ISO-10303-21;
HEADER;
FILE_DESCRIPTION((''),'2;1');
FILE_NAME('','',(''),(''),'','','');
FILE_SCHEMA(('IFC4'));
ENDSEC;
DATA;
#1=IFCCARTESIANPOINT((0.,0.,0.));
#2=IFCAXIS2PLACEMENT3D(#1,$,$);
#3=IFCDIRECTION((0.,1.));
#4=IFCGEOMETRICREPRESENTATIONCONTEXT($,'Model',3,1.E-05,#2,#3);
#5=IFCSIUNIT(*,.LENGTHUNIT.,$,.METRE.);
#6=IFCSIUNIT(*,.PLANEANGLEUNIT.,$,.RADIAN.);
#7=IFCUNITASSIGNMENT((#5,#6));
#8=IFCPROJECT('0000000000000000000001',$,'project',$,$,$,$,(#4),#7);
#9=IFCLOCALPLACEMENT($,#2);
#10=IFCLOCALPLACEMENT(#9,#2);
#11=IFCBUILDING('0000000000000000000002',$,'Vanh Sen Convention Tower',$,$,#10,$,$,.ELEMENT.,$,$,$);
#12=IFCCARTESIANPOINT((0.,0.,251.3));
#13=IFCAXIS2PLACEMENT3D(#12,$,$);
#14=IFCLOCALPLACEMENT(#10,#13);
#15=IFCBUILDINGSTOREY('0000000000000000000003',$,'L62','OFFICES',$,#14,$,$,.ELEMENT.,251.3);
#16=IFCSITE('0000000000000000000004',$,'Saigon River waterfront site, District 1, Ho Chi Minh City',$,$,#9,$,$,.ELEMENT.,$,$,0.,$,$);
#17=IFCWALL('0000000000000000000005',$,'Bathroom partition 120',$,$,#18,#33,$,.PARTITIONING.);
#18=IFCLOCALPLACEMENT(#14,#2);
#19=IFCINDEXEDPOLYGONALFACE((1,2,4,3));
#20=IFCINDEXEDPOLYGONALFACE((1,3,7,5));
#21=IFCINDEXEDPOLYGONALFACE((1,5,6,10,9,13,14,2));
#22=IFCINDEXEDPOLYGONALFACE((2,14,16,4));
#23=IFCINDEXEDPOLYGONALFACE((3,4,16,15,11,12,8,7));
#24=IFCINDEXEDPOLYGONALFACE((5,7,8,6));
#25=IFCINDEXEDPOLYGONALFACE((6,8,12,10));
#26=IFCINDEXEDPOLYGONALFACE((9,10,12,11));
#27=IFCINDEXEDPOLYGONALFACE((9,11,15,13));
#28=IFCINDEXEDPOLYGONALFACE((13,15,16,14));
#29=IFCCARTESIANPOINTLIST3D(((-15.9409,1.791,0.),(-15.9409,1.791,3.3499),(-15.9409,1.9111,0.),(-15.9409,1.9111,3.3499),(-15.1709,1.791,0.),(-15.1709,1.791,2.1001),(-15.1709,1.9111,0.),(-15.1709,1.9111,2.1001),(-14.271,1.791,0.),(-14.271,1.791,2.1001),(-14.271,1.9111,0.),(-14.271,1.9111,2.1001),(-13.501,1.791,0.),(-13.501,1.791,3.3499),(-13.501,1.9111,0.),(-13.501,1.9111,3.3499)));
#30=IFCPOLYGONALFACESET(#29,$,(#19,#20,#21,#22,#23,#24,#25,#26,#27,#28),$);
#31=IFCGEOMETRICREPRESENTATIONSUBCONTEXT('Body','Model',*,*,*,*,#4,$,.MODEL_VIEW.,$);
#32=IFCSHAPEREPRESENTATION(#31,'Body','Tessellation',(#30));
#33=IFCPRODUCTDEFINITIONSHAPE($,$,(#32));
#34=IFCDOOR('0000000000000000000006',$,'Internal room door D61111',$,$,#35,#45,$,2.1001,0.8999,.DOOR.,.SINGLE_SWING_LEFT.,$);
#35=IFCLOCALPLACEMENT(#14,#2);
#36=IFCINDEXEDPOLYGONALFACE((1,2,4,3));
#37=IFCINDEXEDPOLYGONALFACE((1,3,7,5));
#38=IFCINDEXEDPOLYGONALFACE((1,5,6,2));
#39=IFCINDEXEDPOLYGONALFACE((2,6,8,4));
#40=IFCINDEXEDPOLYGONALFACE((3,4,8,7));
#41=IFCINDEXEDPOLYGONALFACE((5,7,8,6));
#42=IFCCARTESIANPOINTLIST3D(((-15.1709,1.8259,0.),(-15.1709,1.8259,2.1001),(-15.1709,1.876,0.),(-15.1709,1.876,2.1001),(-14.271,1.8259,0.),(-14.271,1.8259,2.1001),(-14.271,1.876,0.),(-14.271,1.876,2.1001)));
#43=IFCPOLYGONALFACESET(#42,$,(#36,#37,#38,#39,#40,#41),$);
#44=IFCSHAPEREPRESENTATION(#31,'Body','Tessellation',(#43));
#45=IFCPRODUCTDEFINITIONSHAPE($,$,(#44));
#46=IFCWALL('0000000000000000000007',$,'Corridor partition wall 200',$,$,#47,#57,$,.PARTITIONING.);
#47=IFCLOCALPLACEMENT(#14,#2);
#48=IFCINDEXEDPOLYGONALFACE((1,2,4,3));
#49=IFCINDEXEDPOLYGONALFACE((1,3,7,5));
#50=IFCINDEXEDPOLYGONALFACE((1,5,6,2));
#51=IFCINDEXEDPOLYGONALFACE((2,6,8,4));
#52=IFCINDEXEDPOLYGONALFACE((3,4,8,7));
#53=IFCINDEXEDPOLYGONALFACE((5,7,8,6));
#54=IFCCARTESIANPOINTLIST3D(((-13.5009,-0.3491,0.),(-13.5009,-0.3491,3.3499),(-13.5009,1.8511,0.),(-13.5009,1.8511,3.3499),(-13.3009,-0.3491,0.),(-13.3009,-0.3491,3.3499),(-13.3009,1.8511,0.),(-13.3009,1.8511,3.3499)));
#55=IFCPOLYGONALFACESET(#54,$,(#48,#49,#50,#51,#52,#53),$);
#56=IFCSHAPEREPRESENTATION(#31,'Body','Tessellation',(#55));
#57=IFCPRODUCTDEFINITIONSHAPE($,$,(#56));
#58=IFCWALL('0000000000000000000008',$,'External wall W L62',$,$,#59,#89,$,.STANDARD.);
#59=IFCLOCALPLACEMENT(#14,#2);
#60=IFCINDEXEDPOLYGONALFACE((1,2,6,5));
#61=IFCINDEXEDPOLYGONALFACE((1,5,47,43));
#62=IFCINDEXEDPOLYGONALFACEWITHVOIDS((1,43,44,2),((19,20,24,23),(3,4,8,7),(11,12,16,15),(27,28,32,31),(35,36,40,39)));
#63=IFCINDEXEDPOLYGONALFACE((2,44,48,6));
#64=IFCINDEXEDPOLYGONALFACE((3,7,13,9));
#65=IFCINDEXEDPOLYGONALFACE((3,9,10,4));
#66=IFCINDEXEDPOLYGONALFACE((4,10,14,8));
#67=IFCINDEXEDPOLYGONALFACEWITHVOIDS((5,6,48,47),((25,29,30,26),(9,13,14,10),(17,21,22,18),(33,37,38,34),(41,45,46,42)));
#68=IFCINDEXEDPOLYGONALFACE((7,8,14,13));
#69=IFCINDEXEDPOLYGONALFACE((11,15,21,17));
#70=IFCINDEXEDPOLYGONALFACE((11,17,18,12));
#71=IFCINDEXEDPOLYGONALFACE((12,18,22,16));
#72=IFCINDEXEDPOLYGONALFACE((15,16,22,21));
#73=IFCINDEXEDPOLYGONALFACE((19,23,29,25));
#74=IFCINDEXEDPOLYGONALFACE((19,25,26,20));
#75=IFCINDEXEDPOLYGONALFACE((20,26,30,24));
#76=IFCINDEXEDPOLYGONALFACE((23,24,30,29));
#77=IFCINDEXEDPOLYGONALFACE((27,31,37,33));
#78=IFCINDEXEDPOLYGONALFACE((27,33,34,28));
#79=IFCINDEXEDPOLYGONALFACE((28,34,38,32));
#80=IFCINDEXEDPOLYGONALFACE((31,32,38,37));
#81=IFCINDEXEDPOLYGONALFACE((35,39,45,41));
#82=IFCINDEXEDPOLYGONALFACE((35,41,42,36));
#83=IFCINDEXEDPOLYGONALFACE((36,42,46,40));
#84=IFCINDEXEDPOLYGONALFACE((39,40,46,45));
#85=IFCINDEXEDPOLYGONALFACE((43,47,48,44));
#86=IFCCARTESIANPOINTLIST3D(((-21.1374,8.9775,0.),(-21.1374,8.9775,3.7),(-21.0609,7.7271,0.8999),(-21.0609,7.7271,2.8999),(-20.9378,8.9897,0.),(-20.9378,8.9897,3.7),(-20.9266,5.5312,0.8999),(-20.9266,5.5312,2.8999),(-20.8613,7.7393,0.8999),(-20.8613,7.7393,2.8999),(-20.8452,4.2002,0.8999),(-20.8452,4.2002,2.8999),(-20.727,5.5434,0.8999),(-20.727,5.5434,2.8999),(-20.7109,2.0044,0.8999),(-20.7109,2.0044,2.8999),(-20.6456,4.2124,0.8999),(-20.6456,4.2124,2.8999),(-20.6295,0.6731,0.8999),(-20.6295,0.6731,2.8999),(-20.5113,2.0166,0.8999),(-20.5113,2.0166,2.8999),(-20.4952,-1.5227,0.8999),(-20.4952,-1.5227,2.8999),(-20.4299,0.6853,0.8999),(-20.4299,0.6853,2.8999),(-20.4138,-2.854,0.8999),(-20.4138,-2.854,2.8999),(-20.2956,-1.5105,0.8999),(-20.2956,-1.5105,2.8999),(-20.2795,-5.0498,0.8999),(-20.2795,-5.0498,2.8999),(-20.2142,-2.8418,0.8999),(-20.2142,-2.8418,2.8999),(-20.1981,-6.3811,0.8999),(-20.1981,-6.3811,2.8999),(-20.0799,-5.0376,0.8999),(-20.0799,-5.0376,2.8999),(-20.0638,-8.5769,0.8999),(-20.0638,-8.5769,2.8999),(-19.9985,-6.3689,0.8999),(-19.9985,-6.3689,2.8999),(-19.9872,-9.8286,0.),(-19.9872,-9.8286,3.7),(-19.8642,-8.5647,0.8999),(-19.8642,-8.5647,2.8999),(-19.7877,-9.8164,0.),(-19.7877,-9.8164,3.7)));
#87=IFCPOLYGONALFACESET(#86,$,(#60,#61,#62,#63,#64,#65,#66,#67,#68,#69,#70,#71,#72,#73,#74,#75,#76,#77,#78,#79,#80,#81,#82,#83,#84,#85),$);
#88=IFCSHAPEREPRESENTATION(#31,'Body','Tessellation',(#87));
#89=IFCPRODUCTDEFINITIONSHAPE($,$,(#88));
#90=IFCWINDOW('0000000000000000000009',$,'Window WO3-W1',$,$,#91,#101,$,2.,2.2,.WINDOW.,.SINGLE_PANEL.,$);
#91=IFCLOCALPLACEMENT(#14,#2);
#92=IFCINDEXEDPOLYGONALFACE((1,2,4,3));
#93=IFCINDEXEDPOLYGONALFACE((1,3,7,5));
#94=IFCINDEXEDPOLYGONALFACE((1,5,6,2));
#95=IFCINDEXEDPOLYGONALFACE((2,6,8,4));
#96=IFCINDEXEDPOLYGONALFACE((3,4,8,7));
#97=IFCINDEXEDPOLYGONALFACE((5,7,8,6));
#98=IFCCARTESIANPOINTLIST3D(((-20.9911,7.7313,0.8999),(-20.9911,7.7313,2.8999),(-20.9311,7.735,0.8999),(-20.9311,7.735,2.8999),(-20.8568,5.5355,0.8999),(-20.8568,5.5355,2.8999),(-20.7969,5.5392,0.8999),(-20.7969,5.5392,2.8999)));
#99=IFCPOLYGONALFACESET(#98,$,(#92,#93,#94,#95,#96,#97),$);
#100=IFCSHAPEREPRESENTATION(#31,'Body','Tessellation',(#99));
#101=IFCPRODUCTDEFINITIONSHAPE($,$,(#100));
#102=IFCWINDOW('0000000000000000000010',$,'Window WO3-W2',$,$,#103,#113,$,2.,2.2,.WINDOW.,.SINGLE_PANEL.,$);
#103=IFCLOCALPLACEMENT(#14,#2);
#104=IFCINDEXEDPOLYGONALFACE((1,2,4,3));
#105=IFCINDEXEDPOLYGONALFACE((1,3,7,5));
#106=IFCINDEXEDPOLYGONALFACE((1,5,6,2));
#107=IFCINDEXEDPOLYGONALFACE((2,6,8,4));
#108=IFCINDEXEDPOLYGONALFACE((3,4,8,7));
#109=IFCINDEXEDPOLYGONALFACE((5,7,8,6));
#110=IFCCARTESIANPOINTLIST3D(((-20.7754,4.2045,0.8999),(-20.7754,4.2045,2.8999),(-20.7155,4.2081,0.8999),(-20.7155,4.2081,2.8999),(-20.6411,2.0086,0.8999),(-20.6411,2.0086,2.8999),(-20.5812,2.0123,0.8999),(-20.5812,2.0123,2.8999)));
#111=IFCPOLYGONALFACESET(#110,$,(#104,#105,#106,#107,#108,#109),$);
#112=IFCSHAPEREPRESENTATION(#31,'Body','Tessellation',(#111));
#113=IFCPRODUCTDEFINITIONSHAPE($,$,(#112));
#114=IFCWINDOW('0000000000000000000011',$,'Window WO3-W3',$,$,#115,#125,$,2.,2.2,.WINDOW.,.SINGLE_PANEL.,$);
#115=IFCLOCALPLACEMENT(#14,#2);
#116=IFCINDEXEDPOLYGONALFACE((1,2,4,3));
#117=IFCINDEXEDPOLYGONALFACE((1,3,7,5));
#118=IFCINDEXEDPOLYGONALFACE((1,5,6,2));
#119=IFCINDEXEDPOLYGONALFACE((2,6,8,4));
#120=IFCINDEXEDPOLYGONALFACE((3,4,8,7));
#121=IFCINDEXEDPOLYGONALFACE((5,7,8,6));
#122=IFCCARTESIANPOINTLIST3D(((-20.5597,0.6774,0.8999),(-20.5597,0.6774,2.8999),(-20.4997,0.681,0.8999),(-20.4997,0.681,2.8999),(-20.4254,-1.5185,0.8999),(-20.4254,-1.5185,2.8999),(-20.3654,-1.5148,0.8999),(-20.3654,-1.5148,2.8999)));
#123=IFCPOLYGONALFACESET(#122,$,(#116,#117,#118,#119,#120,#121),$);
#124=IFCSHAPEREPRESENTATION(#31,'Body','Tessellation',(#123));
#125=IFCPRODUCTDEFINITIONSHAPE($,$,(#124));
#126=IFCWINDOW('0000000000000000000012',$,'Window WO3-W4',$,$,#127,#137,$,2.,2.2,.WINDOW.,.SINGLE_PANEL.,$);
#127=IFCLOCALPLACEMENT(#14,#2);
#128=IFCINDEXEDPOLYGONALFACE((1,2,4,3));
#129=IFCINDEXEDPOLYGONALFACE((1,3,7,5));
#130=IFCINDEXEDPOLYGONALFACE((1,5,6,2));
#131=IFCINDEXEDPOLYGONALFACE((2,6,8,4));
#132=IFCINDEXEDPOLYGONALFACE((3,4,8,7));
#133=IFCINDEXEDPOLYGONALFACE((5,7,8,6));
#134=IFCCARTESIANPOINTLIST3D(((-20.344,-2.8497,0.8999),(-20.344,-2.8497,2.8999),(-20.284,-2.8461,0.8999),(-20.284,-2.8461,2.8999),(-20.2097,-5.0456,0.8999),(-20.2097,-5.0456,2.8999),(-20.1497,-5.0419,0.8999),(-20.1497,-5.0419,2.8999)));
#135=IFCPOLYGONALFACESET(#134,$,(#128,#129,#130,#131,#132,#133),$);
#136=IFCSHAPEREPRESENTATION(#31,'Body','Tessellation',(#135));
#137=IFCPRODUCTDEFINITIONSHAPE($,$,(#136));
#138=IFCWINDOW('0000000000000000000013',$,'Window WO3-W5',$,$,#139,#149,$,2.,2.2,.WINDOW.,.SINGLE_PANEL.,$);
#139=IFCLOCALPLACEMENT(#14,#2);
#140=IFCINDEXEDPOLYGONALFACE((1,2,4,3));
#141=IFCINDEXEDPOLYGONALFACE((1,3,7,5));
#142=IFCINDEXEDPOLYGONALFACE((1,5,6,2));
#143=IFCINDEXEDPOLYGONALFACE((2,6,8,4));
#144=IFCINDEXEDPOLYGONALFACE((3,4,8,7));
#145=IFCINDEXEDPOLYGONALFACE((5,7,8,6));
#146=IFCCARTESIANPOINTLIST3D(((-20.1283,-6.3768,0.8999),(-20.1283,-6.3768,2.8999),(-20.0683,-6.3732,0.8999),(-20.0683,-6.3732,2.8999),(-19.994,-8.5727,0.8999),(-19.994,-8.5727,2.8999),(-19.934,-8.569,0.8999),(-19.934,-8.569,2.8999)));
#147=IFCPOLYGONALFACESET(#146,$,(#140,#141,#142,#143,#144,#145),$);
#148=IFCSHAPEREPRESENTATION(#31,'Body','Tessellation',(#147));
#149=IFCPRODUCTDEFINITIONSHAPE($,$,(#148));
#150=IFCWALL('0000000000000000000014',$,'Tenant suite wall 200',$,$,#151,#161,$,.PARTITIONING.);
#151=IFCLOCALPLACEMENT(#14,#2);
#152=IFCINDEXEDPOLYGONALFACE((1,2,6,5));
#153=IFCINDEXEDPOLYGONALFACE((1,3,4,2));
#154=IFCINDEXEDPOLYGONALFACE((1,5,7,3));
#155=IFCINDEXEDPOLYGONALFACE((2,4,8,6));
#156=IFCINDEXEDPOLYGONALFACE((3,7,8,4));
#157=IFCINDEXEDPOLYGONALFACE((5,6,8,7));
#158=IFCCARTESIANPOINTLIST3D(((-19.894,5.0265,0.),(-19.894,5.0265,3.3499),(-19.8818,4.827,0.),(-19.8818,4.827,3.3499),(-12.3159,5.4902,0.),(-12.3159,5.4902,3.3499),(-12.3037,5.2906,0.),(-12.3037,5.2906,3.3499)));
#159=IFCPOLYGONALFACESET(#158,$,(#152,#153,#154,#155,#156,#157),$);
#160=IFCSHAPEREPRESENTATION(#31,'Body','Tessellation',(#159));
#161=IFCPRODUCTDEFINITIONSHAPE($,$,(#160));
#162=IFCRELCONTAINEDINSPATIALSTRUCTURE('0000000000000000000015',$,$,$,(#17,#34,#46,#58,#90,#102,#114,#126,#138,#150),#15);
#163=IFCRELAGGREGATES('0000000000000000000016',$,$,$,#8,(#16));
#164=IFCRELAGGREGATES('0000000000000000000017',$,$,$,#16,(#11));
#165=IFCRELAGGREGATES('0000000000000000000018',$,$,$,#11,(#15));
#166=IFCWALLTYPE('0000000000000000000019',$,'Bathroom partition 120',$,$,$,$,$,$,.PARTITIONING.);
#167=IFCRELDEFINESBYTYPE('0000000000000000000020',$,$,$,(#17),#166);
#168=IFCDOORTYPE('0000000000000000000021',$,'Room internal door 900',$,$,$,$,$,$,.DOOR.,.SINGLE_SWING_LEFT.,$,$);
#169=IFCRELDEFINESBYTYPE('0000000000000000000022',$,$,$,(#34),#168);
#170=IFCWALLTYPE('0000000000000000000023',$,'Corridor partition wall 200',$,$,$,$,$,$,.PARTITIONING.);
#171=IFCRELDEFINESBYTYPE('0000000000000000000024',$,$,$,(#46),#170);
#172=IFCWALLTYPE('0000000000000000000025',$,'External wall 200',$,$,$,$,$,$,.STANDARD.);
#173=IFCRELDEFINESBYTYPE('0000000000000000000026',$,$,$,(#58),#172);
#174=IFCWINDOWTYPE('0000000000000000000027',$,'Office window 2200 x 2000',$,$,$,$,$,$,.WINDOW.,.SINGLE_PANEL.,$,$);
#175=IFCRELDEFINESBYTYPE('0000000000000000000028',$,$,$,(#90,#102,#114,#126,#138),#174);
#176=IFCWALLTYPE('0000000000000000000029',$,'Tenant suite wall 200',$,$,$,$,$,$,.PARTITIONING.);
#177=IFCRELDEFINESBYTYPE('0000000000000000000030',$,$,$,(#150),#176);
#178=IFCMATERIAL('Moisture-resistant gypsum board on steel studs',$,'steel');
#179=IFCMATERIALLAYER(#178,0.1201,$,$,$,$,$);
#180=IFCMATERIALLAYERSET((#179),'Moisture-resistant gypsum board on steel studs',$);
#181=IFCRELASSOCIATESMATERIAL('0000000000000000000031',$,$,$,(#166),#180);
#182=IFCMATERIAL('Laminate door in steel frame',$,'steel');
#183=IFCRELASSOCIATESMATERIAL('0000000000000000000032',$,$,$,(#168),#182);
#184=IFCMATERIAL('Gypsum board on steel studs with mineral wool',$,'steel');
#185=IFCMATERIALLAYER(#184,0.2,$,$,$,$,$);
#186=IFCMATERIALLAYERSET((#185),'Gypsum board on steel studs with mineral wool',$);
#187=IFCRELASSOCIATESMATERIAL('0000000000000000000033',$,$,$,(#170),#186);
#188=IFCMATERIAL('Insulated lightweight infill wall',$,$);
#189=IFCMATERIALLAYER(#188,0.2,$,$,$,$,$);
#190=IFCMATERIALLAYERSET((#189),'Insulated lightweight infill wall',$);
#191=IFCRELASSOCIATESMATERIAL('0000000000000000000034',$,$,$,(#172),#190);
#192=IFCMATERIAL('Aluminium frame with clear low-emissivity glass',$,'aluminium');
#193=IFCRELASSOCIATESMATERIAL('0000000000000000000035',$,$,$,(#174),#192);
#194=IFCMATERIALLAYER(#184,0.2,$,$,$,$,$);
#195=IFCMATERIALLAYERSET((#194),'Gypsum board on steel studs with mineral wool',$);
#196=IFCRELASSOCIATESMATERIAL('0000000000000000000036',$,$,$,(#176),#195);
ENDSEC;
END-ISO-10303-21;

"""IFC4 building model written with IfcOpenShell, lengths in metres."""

from ifc_helpers import new_model, si_unit, direction, frame, frame_2d, origin, place, context, subcontext, project, spatial, rectangle, extrude, material, layer, layer_set, type_object, element, fill, save


model = new_model("IFC4")

# Units and contexts
model_context = context("Model", 3, precision=1e-05, world=origin(), true_north=direction((0.0, 1.0)))
body_context = subcontext(model_context, "Body", "Model", "MODEL_VIEW")
ifc_project = project(units=[si_unit("LENGTHUNIT", "METRE"), si_unit("PLANEANGLEUNIT", "RADIAN")], contexts=[model_context])

# Site, building, storey
site_placement = place(None, origin())
site = spatial("IfcSite", under=ifc_project, at=site_placement, Name="Saigon River waterfront site, District 1, Ho Chi Minh City", CompositionType="ELEMENT", RefElevation=0.0)
building_placement = place(site_placement, origin())
building = spatial("IfcBuilding", under=site, at=building_placement, Name="Vanh Sen Convention Tower", CompositionType="ELEMENT")
storey_placement = place(building_placement, frame((0.0, 0.0, 251.3)))
storey = spatial("IfcBuildingStorey", under=building, at=storey_placement, Name="L62", Description="OFFICES", CompositionType="ELEMENT", Elevation=251.3)

# Wall, opening, door
ifc_material_1 = material(Name="Moisture-resistant gypsum board on steel studs", Category="steel")
ifc_layer_1 = layer(ifc_material_1, 0.1201)
ifc_layer_set_1 = layer_set([ifc_layer_1], Name="Moisture-resistant gypsum board on steel studs")
wall_type_1 = type_object("IfcWallType", Name="Bathroom partition 120", PredefinedType="PARTITIONING", material=ifc_layer_set_1)
wall_1_placement = place(storey_placement, frame((-15.9409, 1.8511, 0.0), z_axis=(0.0, 0.0, 1.0), x_axis=(1.0, 0.0, 0.0)))
wall_1 = element("IfcWall", 1, at=wall_1_placement, inside=storey, type_object=wall_type_1, Name="Bathroom partition 120", PredefinedType="PARTITIONING", context=body_context, shape_type="SweptSolid", body=[
    extrude(rectangle(XDim=2.4399, YDim=0.1201, at=frame_2d((1.22, 0.0))), origin(), (0.0, 0.0, 1.0), 3.3499),
])
opening_1_placement = place(wall_1_placement, frame((0.77, 0.0, 0.0)))
opening_1 = element("IfcOpeningElement", 2, at=opening_1_placement, cuts=wall_1, PredefinedType="OPENING", context=body_context, shape_type="SweptSolid", body=[
    extrude(rectangle(XDim=0.8999, YDim=2.1001, at=frame_2d((0.45, 1.05))), frame((0.0, 0.0701, 0.0), z_axis=(0.0, -1.0, 0.0), x_axis=(1.0, 0.0, 0.0)), (0.0, 0.0, 1.0), 0.1401),
])
ifc_material_2 = material(Name="Laminate door in steel frame", Category="steel")
door_type = type_object("IfcDoorType", Name="Room internal door 900", OperationType="SINGLE_SWING_LEFT", PredefinedType="DOOR", material=ifc_material_2)
door_placement = place(opening_1_placement, origin())
door = element("IfcDoor", 3, at=door_placement, inside=storey, type_object=door_type, Name="Internal room door D61111", OperationType="SINGLE_SWING_LEFT", OverallHeight=2.1001, OverallWidth=0.8999, PredefinedType="DOOR", context=body_context, shape_type="SweptSolid", body=[
    extrude(rectangle(XDim=0.8999, YDim=2.1001, at=frame_2d((0.45, 1.05))), frame((0.0, 0.0249, 0.0), z_axis=(0.0, -1.0, 0.0), x_axis=(1.0, 0.0, 0.0)), (0.0, 0.0, 1.0), 0.05),
])
fill(opening_1, door)

# Wall
ifc_material_3 = material(Name="Gypsum board on steel studs with mineral wool", Category="steel")
ifc_layer_2 = layer(ifc_material_3, 0.2)
ifc_layer_set_2 = layer_set([ifc_layer_2], Name="Gypsum board on steel studs with mineral wool")
wall_type_2 = type_object("IfcWallType", Name="Corridor partition wall 200", PredefinedType="PARTITIONING", material=ifc_layer_set_2)
wall_2_placement = place(storey_placement, frame((-13.4009, 1.8511, 0.0), z_axis=(0.0, 0.0, 1.0), x_axis=(0.0, -1.0, 0.0)))
element("IfcWall", 4, at=wall_2_placement, inside=storey, type_object=wall_type_2, Name="Corridor partition wall 200", PredefinedType="PARTITIONING", context=body_context, shape_type="SweptSolid", body=[
    extrude(rectangle(XDim=2.2002, YDim=0.2, at=frame_2d((1.1001, 0.0))), origin(), (0.0, 0.0, 1.0), 3.3499),
])

# Wall, openings, windows
ifc_material_4 = material(Name="Insulated lightweight infill wall")
ifc_layer_3 = layer(ifc_material_4, 0.2)
ifc_layer_set_3 = layer_set([ifc_layer_3], Name="Insulated lightweight infill wall")
wall_type_3 = type_object("IfcWallType", Name="External wall 200", PredefinedType="STANDARD", material=ifc_layer_set_3)
wall_3_placement = place(storey_placement, frame((-21.0376, 8.9836, 0.0), z_axis=(0.0, 0.0, 1.0), x_axis=(0.061044, -0.998135, 0.0)))
wall_3 = element("IfcWall", 5, at=wall_3_placement, inside=storey, type_object=wall_type_3, Name="External wall W L62", PredefinedType="STANDARD", context=body_context, shape_type="SweptSolid", body=[
    extrude(rectangle(XDim=18.8413, YDim=0.2, at=frame_2d((9.4207, 0.0))), origin(), (0.0, 0.0, 1.0), 3.7),
])
opening_2_placement = place(wall_3_placement, frame((1.2527, 0.0, 0.8999)))
opening_2 = element("IfcOpeningElement", 6, at=opening_2_placement, cuts=wall_3, PredefinedType="OPENING", context=body_context, shape_type="SweptSolid", body=[
    extrude(rectangle(XDim=2.2, YDim=2.0, at=frame_2d((1.1001, 1.0))), frame((0.0, 0.1099, 0.0), z_axis=(0.0, -1.0, 0.0), x_axis=(1.0, 0.0, 0.0)), (0.0, 0.0, 1.0), 0.22),
])
opening_3_placement = place(wall_3_placement, frame((4.7861, 0.0, 0.8999)))
opening_3 = element("IfcOpeningElement", 7, at=opening_3_placement, cuts=wall_3, PredefinedType="OPENING", context=body_context, shape_type="SweptSolid", body=[
    extrude(rectangle(XDim=2.2, YDim=2.0, at=frame_2d((1.1001, 1.0))), frame((0.0, 0.1099, 0.0), z_axis=(0.0, -1.0, 0.0), x_axis=(1.0, 0.0, 0.0)), (0.0, 0.0, 1.0), 0.22),
])
opening_4_placement = place(wall_3_placement, frame((8.3198, 0.0, 0.8999)))
opening_4 = element("IfcOpeningElement", 8, at=opening_4_placement, cuts=wall_3, PredefinedType="OPENING", context=body_context, shape_type="SweptSolid", body=[
    extrude(rectangle(XDim=2.2, YDim=2.0, at=frame_2d((1.1001, 1.0))), frame((0.0, 0.1099, 0.0), z_axis=(0.0, -1.0, 0.0), x_axis=(1.0, 0.0, 0.0)), (0.0, 0.0, 1.0), 0.22),
])
opening_5_placement = place(wall_3_placement, frame((11.8535, 0.0, 0.8999)))
opening_5 = element("IfcOpeningElement", 9, at=opening_5_placement, cuts=wall_3, PredefinedType="OPENING", context=body_context, shape_type="SweptSolid", body=[
    extrude(rectangle(XDim=2.2, YDim=2.0, at=frame_2d((1.1001, 1.0))), frame((0.0, 0.1099, 0.0), z_axis=(0.0, -1.0, 0.0), x_axis=(1.0, 0.0, 0.0)), (0.0, 0.0, 1.0), 0.22),
])
opening_6_placement = place(wall_3_placement, frame((15.3872, 0.0, 0.8999)))
opening_6 = element("IfcOpeningElement", 10, at=opening_6_placement, cuts=wall_3, PredefinedType="OPENING", context=body_context, shape_type="SweptSolid", body=[
    extrude(rectangle(XDim=2.2, YDim=2.0, at=frame_2d((1.1001, 1.0))), frame((0.0, 0.1099, 0.0), z_axis=(0.0, -1.0, 0.0), x_axis=(1.0, 0.0, 0.0)), (0.0, 0.0, 1.0), 0.22),
])
ifc_material_5 = material(Name="Aluminium frame with clear low-emissivity glass", Category="aluminium")
window_type = type_object("IfcWindowType", Name="Office window 2200 x 2000", PartitioningType="SINGLE_PANEL", PredefinedType="WINDOW", material=ifc_material_5)
window_1_placement = place(opening_2_placement, origin())
window_1 = element("IfcWindow", 11, at=window_1_placement, inside=storey, type_object=window_type, Name="Window WO3-W1", OverallHeight=2.0, OverallWidth=2.2, PartitioningType="SINGLE_PANEL", PredefinedType="WINDOW", context=body_context, shape_type="SweptSolid", body=[
    extrude(rectangle(XDim=2.2, YDim=2.0, at=frame_2d((1.1001, 1.0))), frame((0.0, 0.03, 0.0), z_axis=(0.0, -1.0, 0.0), x_axis=(1.0, 0.0, 0.0)), (0.0, 0.0, 1.0), 0.0601),
])
fill(opening_2, window_1)
window_2_placement = place(opening_3_placement, origin())
window_2 = element("IfcWindow", 12, at=window_2_placement, inside=storey, type_object=window_type, Name="Window WO3-W2", OverallHeight=2.0, OverallWidth=2.2, PartitioningType="SINGLE_PANEL", PredefinedType="WINDOW", context=body_context, shape_type="SweptSolid", body=[
    extrude(rectangle(XDim=2.2, YDim=2.0, at=frame_2d((1.1001, 1.0))), frame((0.0, 0.03, 0.0), z_axis=(0.0, -1.0, 0.0), x_axis=(1.0, 0.0, 0.0)), (0.0, 0.0, 1.0), 0.0601),
])
fill(opening_3, window_2)
window_3_placement = place(opening_4_placement, origin())
window_3 = element("IfcWindow", 13, at=window_3_placement, inside=storey, type_object=window_type, Name="Window WO3-W3", OverallHeight=2.0, OverallWidth=2.2, PartitioningType="SINGLE_PANEL", PredefinedType="WINDOW", context=body_context, shape_type="SweptSolid", body=[
    extrude(rectangle(XDim=2.2, YDim=2.0, at=frame_2d((1.1001, 1.0))), frame((0.0, 0.03, 0.0), z_axis=(0.0, -1.0, 0.0), x_axis=(1.0, 0.0, 0.0)), (0.0, 0.0, 1.0), 0.0601),
])
fill(opening_4, window_3)
window_4_placement = place(opening_5_placement, origin())
window_4 = element("IfcWindow", 14, at=window_4_placement, inside=storey, type_object=window_type, Name="Window WO3-W4", OverallHeight=2.0, OverallWidth=2.2, PartitioningType="SINGLE_PANEL", PredefinedType="WINDOW", context=body_context, shape_type="SweptSolid", body=[
    extrude(rectangle(XDim=2.2, YDim=2.0, at=frame_2d((1.1001, 1.0))), frame((0.0, 0.03, 0.0), z_axis=(0.0, -1.0, 0.0), x_axis=(1.0, 0.0, 0.0)), (0.0, 0.0, 1.0), 0.0601),
])
fill(opening_5, window_4)
window_5_placement = place(opening_6_placement, origin())
window_5 = element("IfcWindow", 15, at=window_5_placement, inside=storey, type_object=window_type, Name="Window WO3-W5", OverallHeight=2.0, OverallWidth=2.2, PartitioningType="SINGLE_PANEL", PredefinedType="WINDOW", context=body_context, shape_type="SweptSolid", body=[
    extrude(rectangle(XDim=2.2, YDim=2.0, at=frame_2d((1.1001, 1.0))), frame((0.0, 0.03, 0.0), z_axis=(0.0, -1.0, 0.0), x_axis=(1.0, 0.0, 0.0)), (0.0, 0.0, 1.0), 0.0601),
])
fill(opening_6, window_5)

# Wall
ifc_layer_4 = layer(ifc_material_3, 0.2)
ifc_layer_set_4 = layer_set([ifc_layer_4], Name="Gypsum board on steel studs with mineral wool")
wall_type_4 = type_object("IfcWallType", Name="Tenant suite wall 200", PredefinedType="PARTITIONING", material=ifc_layer_set_4)
wall_4_placement = place(storey_placement, frame((-19.8879, 4.9268, 0.0), z_axis=(0.0, 0.0, 1.0), x_axis=(0.998134, 0.061065, 0.0)))
element("IfcWall", 16, at=wall_4_placement, inside=storey, type_object=wall_type_4, Name="Tenant suite wall 200", PredefinedType="PARTITIONING", context=body_context, shape_type="SweptSolid", body=[
    extrude(rectangle(XDim=7.5923, YDim=0.2, at=frame_2d((3.7961, 0.0))), origin(), (0.0, 0.0, 1.0), 3.3499),
])

save(model, "model.ifc")
